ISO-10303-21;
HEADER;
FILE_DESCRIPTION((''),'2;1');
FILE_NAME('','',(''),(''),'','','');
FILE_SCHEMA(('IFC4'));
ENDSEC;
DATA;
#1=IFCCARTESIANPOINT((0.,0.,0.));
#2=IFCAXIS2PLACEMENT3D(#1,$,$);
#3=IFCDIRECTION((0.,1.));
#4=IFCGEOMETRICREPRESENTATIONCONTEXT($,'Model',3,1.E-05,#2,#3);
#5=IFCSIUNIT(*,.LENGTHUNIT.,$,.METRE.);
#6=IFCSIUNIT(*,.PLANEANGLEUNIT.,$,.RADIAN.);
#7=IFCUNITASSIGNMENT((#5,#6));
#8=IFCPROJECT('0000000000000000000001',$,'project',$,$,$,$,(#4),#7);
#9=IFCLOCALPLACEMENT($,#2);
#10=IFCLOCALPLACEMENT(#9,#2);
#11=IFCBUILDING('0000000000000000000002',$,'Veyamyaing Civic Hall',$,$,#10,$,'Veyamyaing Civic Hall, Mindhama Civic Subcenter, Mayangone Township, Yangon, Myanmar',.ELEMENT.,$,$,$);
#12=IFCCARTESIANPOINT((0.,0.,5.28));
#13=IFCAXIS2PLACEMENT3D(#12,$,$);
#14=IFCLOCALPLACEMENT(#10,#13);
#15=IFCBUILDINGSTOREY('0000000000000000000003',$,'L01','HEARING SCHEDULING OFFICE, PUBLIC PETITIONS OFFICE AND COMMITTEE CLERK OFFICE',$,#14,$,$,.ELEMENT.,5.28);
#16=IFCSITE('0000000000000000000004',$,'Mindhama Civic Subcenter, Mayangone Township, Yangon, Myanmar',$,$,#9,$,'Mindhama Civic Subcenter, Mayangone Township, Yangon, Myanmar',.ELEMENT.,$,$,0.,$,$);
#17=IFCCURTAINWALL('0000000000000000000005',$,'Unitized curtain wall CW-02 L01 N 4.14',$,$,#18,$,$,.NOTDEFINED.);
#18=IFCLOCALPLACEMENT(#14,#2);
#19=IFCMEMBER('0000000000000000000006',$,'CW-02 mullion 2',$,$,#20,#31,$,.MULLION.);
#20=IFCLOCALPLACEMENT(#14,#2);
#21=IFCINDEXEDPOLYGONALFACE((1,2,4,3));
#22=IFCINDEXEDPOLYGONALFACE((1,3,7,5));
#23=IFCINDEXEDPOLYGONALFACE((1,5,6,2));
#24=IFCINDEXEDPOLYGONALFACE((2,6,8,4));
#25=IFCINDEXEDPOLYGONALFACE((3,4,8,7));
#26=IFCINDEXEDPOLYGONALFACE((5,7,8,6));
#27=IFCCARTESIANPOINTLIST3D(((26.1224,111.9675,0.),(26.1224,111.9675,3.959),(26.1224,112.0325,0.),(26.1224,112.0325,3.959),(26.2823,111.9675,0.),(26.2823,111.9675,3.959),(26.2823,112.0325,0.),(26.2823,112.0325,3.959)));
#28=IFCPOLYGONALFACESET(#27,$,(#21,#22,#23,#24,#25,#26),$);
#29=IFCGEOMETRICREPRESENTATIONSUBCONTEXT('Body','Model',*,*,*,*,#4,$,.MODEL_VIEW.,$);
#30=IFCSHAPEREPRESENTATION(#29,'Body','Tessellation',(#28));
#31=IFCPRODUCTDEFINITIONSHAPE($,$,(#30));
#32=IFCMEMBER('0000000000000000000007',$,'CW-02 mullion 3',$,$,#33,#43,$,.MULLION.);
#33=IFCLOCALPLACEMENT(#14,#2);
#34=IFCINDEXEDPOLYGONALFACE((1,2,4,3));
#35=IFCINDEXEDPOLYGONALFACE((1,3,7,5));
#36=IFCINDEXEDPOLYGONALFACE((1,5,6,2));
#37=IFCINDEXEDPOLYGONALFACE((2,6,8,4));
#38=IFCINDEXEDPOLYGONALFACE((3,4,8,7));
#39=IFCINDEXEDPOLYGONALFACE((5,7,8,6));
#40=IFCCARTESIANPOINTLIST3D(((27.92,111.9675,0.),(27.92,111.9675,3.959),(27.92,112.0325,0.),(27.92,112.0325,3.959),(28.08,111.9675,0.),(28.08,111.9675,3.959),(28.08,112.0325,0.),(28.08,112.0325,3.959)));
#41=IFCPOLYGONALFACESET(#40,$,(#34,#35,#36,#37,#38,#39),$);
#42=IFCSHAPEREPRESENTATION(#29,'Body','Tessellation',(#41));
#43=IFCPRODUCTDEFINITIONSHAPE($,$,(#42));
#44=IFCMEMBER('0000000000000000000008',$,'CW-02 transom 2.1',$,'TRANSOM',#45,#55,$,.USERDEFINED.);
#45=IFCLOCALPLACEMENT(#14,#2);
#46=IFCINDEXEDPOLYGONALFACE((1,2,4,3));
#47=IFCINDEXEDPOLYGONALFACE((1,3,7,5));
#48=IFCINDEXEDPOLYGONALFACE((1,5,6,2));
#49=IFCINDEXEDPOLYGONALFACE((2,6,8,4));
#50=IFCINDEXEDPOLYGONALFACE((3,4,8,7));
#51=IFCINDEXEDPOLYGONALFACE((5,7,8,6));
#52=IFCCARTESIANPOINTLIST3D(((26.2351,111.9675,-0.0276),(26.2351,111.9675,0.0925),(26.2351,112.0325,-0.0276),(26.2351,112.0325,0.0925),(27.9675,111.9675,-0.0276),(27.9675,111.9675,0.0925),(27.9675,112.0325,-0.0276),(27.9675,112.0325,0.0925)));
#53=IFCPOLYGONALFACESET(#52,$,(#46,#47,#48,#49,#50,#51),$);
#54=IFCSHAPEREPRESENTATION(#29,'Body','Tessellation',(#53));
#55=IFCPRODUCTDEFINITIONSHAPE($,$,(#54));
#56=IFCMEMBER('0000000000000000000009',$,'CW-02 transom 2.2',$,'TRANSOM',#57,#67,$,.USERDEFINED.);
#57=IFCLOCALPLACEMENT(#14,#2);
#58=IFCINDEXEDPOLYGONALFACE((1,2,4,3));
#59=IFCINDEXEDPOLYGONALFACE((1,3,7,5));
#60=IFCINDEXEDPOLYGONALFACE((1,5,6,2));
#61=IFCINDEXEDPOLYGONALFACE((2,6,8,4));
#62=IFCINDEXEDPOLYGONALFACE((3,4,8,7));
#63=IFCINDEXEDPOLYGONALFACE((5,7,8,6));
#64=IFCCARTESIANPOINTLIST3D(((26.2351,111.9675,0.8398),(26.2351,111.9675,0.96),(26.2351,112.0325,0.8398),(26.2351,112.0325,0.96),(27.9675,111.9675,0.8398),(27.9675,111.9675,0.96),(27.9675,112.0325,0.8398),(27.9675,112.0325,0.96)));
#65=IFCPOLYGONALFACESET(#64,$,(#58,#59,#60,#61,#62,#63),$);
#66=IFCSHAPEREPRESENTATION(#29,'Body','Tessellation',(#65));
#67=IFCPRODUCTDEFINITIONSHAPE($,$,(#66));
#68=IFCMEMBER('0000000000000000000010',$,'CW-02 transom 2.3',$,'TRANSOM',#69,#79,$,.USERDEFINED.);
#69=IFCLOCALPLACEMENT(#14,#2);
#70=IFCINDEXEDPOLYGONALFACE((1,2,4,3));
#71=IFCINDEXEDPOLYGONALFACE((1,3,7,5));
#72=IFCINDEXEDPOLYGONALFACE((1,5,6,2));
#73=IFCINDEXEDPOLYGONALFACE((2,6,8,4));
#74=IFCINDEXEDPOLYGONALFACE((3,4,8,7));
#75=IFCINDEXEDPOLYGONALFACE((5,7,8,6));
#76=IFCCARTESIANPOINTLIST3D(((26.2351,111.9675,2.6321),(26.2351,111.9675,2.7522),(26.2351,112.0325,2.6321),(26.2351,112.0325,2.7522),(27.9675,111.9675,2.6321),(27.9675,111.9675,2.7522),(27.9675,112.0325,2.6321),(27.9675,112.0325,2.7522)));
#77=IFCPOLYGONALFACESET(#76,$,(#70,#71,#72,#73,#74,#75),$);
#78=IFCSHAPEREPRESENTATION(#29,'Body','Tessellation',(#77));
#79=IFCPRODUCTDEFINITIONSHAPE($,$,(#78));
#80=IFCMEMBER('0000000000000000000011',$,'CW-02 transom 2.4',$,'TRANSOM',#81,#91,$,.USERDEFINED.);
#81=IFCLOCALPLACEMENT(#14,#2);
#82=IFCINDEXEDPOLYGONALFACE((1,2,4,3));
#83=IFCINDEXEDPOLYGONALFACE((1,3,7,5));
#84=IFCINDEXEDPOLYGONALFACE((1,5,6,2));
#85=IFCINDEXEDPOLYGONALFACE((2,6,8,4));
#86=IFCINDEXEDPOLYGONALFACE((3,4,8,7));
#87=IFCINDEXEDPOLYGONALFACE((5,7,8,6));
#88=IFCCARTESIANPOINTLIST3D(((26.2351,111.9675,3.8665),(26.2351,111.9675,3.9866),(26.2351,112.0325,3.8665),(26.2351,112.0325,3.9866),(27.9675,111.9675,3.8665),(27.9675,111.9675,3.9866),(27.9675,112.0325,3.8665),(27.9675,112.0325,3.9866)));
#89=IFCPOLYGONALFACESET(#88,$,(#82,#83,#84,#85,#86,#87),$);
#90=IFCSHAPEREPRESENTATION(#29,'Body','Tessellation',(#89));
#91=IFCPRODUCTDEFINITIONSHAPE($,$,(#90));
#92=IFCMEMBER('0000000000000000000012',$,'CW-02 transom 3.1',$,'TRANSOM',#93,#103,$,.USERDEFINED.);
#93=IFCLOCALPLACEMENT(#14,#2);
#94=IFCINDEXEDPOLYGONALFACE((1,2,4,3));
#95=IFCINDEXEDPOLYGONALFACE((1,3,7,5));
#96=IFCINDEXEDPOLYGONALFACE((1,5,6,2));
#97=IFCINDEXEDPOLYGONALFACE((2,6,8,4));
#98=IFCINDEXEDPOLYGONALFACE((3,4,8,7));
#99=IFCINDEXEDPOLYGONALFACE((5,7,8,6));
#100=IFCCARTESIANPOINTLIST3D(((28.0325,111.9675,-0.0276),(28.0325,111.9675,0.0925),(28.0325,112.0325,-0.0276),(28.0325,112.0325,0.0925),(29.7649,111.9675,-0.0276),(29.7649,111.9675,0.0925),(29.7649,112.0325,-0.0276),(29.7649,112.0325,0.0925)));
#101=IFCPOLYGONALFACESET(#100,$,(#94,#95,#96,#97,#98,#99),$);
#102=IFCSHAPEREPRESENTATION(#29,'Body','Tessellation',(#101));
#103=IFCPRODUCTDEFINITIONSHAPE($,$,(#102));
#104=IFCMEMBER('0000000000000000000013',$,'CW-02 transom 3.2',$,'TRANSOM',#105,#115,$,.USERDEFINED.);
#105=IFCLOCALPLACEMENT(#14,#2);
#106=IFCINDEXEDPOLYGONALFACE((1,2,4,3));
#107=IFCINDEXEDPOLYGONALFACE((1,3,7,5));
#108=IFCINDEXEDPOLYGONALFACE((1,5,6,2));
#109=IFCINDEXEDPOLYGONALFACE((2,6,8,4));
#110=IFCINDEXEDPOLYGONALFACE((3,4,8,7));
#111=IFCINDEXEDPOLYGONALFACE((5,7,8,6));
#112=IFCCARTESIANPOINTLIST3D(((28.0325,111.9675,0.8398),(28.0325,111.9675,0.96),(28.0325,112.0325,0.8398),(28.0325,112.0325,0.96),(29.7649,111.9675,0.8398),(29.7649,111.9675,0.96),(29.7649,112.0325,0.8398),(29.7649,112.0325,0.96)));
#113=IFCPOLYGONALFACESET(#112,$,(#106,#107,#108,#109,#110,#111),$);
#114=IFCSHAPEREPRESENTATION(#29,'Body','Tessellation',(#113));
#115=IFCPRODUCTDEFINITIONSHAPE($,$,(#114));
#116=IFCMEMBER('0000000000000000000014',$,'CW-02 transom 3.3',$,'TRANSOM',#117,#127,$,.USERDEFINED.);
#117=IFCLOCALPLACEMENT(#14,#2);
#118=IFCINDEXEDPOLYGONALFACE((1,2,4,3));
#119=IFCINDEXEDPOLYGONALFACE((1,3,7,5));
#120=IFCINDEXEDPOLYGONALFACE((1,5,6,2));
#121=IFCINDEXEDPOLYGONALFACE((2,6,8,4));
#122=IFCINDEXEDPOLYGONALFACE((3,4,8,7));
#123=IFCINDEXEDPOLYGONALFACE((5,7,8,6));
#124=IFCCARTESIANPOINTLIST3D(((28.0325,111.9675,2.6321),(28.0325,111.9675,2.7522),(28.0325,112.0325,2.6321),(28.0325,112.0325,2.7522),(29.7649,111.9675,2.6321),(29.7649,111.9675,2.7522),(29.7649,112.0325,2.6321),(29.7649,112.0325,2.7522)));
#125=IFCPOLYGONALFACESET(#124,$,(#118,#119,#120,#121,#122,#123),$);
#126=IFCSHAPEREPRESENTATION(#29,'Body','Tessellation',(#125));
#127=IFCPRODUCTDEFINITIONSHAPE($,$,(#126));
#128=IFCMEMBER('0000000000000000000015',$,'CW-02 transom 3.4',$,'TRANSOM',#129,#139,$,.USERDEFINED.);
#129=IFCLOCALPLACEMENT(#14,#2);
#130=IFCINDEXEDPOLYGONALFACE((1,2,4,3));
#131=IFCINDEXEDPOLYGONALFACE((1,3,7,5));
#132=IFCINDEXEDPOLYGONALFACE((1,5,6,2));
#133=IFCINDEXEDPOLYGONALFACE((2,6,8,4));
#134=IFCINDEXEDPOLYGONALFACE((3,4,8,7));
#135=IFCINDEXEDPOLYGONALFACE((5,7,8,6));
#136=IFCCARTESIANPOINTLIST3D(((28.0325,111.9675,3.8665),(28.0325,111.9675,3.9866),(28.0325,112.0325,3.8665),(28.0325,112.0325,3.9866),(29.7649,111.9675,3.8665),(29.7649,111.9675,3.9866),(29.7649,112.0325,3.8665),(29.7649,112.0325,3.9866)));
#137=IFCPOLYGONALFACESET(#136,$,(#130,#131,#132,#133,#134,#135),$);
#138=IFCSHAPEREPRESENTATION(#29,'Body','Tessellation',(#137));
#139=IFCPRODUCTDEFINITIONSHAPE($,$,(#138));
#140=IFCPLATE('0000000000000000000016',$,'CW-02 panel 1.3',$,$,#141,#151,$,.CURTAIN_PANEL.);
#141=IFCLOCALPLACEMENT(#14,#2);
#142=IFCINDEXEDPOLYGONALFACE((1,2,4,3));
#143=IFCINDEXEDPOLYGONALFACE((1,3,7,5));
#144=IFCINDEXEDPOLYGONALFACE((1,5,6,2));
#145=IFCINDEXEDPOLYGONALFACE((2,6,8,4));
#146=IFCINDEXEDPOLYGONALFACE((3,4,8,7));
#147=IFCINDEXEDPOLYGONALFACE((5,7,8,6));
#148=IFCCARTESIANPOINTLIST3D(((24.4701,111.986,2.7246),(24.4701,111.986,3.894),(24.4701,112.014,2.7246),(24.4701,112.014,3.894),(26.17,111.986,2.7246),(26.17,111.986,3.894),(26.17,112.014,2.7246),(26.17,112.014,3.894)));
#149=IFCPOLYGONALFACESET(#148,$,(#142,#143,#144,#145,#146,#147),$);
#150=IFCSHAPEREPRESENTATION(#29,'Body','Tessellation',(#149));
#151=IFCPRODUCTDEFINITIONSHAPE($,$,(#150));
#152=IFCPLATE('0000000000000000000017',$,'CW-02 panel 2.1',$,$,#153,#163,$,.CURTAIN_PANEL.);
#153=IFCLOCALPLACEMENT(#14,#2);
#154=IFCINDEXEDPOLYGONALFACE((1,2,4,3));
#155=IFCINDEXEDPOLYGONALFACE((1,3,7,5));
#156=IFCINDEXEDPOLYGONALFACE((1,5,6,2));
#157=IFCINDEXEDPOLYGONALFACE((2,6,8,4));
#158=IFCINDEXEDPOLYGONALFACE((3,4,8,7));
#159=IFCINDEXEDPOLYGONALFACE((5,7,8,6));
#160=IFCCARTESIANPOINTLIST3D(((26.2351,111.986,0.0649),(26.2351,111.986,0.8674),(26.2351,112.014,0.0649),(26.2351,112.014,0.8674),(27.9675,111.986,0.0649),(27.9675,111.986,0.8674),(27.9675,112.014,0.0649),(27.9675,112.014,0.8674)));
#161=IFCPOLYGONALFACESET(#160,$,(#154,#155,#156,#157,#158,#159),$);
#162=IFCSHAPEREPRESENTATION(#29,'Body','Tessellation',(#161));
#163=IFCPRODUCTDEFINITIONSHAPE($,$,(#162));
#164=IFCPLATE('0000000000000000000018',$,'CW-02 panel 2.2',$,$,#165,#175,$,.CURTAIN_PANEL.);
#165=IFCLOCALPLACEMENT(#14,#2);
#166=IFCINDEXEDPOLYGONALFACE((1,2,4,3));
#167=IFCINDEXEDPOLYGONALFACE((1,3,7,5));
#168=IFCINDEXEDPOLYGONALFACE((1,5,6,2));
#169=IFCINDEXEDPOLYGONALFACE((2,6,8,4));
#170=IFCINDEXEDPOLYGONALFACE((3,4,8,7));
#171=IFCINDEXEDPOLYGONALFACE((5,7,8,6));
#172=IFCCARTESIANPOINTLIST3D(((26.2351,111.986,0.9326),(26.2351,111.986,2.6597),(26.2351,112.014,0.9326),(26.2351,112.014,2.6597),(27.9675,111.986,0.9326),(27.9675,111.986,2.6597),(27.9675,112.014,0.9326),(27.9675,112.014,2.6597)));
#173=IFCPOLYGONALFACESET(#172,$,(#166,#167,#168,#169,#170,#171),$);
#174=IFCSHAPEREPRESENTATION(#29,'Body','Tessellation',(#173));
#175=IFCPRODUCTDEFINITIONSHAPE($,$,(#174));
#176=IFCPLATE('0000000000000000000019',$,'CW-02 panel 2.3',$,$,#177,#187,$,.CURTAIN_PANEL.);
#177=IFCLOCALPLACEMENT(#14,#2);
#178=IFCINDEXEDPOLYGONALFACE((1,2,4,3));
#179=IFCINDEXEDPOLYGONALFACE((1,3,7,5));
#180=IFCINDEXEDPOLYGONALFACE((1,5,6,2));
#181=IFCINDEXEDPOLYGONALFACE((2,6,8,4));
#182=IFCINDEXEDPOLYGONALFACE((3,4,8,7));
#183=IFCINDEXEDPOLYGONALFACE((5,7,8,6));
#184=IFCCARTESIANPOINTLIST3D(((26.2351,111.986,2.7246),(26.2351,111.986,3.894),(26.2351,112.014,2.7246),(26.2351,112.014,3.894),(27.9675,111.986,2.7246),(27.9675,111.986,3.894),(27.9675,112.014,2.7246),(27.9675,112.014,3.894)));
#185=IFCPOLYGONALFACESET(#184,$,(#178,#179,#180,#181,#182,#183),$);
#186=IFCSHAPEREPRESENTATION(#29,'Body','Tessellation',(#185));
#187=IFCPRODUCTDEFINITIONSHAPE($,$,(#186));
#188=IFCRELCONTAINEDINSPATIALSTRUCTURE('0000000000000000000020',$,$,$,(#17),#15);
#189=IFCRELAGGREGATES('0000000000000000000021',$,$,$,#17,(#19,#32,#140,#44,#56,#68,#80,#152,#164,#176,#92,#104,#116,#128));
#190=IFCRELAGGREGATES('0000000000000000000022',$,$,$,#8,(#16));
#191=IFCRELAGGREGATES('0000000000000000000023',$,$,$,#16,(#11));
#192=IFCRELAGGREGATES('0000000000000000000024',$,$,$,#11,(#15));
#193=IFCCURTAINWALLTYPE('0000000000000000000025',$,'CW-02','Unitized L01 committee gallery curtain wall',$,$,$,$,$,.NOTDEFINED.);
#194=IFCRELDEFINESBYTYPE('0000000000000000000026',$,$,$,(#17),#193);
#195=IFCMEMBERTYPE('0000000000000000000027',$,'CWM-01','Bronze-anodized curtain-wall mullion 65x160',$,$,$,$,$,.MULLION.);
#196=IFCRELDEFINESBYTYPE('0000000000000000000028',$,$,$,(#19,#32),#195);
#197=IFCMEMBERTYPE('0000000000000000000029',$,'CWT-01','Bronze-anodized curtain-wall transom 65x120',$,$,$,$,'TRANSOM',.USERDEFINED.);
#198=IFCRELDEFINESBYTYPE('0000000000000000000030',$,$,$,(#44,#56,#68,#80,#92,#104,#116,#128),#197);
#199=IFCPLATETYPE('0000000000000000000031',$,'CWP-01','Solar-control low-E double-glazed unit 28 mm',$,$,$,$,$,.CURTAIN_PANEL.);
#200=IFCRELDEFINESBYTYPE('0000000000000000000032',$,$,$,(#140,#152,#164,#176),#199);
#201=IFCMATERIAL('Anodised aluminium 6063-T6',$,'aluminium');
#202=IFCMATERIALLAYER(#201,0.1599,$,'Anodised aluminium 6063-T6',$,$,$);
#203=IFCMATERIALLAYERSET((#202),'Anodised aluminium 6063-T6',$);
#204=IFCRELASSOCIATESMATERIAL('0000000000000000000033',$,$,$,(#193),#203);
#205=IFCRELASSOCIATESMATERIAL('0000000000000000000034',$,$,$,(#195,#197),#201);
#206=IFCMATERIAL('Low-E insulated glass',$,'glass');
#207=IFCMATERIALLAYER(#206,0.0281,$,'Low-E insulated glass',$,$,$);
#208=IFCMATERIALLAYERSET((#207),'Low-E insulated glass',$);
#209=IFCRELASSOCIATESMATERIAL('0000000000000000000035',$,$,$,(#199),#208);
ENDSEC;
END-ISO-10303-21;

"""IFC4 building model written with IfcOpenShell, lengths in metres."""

from ifc_helpers import new_model, si_unit, direction, frame, origin, origin_2d, place, context, subcontext, project, spatial, rectangle, extrude, material, layer, layer_set, material_profile, profile_set, type_object, element, aggregate, save


model = new_model("IFC4")

# Units and contexts
model_context = context("Model", 3, precision=1e-05, world=origin(), true_north=direction((0.0, 1.0)))
body_context = subcontext(model_context, "Body", "Model", "MODEL_VIEW")
ifc_project = project(units=[si_unit("LENGTHUNIT", "METRE"), si_unit("PLANEANGLEUNIT", "RADIAN")], contexts=[model_context])

# Site, building, storey
site_placement = place(None, origin())
site = spatial("IfcSite", under=ifc_project, at=site_placement, Name="Mindhama Civic Subcenter, Mayangone Township, Yangon, Myanmar", LongName="Mindhama Civic Subcenter, Mayangone Township, Yangon, Myanmar", CompositionType="ELEMENT", RefElevation=0.0)
building_placement = place(site_placement, origin())
building = spatial("IfcBuilding", under=site, at=building_placement, Name="Veyamyaing Civic Hall", LongName="Veyamyaing Civic Hall, Mindhama Civic Subcenter, Mayangone Township, Yangon, Myanmar", CompositionType="ELEMENT")
storey_placement = place(building_placement, frame((0.0, 0.0, 5.28)))
storey = spatial("IfcBuildingStorey", under=building, at=storey_placement, Name="L01", Description="HEARING SCHEDULING OFFICE, PUBLIC PETITIONS OFFICE AND COMMITTEE CLERK OFFICE", CompositionType="ELEMENT", Elevation=5.28)

# Curtain wall, members, plates
ifc_material_1 = material(Name="Anodised aluminium 6063-T6", Category="aluminium")
ifc_layer_1 = layer(ifc_material_1, 0.1599, Name="Anodised aluminium 6063-T6")
ifc_layer_set_1 = layer_set([ifc_layer_1], Name="Anodised aluminium 6063-T6")
curtain_wall_type = type_object("IfcCurtainWallType", Name="CW-02", Description="Unitized L01 committee gallery curtain wall", PredefinedType="NOTDEFINED", material=ifc_layer_set_1)
curtain_wall_placement = place(storey_placement, origin())
curtain_wall = element("IfcCurtainWall", 1, at=curtain_wall_placement, inside=storey, type_object=curtain_wall_type, Name="Unitized curtain wall CW-02 L01 N 4.14", PredefinedType="NOTDEFINED")
ifc_material_profile_1 = material_profile(ifc_material_1, rectangle(XDim=0.0649, YDim=0.1599, at=origin_2d()), Name="ALU-MUL-65X160")
ifc_profile_set_1 = profile_set([ifc_material_profile_1], Name="Anodised aluminium 6063-T6")
member_type_1 = type_object("IfcMemberType", Name="CWM-01", Description="Bronze-anodized curtain-wall mullion 65x160", PredefinedType="MULLION", material=ifc_profile_set_1)
member_1_placement = place(storey_placement, frame((26.2024, 112.0, 0.0), z_axis=(0.0, 0.0, 1.0), x_axis=(0.0, 1.0, 0.0)))
member_1 = element("IfcMember", 2, at=member_1_placement, type_object=member_type_1, Name="CW-02 mullion 2", PredefinedType="MULLION", context=body_context, shape_type="SweptSolid", body=[
    extrude(rectangle(XDim=0.0649, YDim=0.1599, at=origin_2d()), origin(), (0.0, 0.0, 1.0), 3.959),
])
member_2_placement = place(storey_placement, frame((28.0, 112.0, 0.0), z_axis=(0.0, 0.0, 1.0), x_axis=(0.0, 1.0, 0.0)))
member_2 = element("IfcMember", 3, at=member_2_placement, type_object=member_type_1, Name="CW-02 mullion 3", PredefinedType="MULLION", context=body_context, shape_type="SweptSolid", body=[
    extrude(rectangle(XDim=0.0649, YDim=0.1599, at=origin_2d()), origin(), (0.0, 0.0, 1.0), 3.959),
])
ifc_material_profile_2 = material_profile(ifc_material_1, rectangle(XDim=0.0649, YDim=0.1201, at=origin_2d()), Name="ALU-TRN-65X120")
ifc_profile_set_2 = profile_set([ifc_material_profile_2], Name="Anodised aluminium 6063-T6")
member_type_2 = type_object("IfcMemberType", Name="CWT-01", Description="Bronze-anodized curtain-wall transom 65x120", ElementType="TRANSOM", PredefinedType="USERDEFINED", material=ifc_profile_set_2)
member_3_placement = place(storey_placement, frame((26.2351, 112.0, 0.0325), z_axis=(1.0, 0.0, 0.0), x_axis=(0.0, 1.0, 0.0)))
member_3 = element("IfcMember", 4, at=member_3_placement, type_object=member_type_2, Name="CW-02 transom 2.1", ObjectType="TRANSOM", PredefinedType="USERDEFINED", context=body_context, shape_type="SweptSolid", body=[
    extrude(rectangle(XDim=0.0649, YDim=0.1201, at=origin_2d()), origin(), (0.0, 0.0, 1.0), 1.7324),
])
member_4_placement = place(storey_placement, frame((26.2351, 112.0, 0.8999), z_axis=(1.0, 0.0, 0.0), x_axis=(0.0, 1.0, 0.0)))
member_4 = element("IfcMember", 5, at=member_4_placement, type_object=member_type_2, Name="CW-02 transom 2.2", ObjectType="TRANSOM", PredefinedType="USERDEFINED", context=body_context, shape_type="SweptSolid", body=[
    extrude(rectangle(XDim=0.0649, YDim=0.1201, at=origin_2d()), origin(), (0.0, 0.0, 1.0), 1.7324),
])
member_5_placement = place(storey_placement, frame((26.2351, 112.0, 2.6921), z_axis=(1.0, 0.0, 0.0), x_axis=(0.0, 1.0, 0.0)))
member_5 = element("IfcMember", 6, at=member_5_placement, type_object=member_type_2, Name="CW-02 transom 2.3", ObjectType="TRANSOM", PredefinedType="USERDEFINED", context=body_context, shape_type="SweptSolid", body=[
    extrude(rectangle(XDim=0.0649, YDim=0.1201, at=origin_2d()), origin(), (0.0, 0.0, 1.0), 1.7324),
])
member_6_placement = place(storey_placement, frame((26.2351, 112.0, 3.9265), z_axis=(1.0, 0.0, 0.0), x_axis=(0.0, 1.0, 0.0)))
member_6 = element("IfcMember", 7, at=member_6_placement, type_object=member_type_2, Name="CW-02 transom 2.4", ObjectType="TRANSOM", PredefinedType="USERDEFINED", context=body_context, shape_type="SweptSolid", body=[
    extrude(rectangle(XDim=0.0649, YDim=0.1201, at=origin_2d()), origin(), (0.0, 0.0, 1.0), 1.7324),
])
member_7_placement = place(storey_placement, frame((28.0325, 112.0, 0.0325), z_axis=(1.0, 0.0, 0.0), x_axis=(0.0, 1.0, 0.0)))
member_7 = element("IfcMember", 8, at=member_7_placement, type_object=member_type_2, Name="CW-02 transom 3.1", ObjectType="TRANSOM", PredefinedType="USERDEFINED", context=body_context, shape_type="SweptSolid", body=[
    extrude(rectangle(XDim=0.0649, YDim=0.1201, at=origin_2d()), origin(), (0.0, 0.0, 1.0), 1.7324),
])
member_8_placement = place(storey_placement, frame((28.0325, 112.0, 0.8999), z_axis=(1.0, 0.0, 0.0), x_axis=(0.0, 1.0, 0.0)))
member_8 = element("IfcMember", 9, at=member_8_placement, type_object=member_type_2, Name="CW-02 transom 3.2", ObjectType="TRANSOM", PredefinedType="USERDEFINED", context=body_context, shape_type="SweptSolid", body=[
    extrude(rectangle(XDim=0.0649, YDim=0.1201, at=origin_2d()), origin(), (0.0, 0.0, 1.0), 1.7324),
])
member_9_placement = place(storey_placement, frame((28.0325, 112.0, 2.6921), z_axis=(1.0, 0.0, 0.0), x_axis=(0.0, 1.0, 0.0)))
member_9 = element("IfcMember", 10, at=member_9_placement, type_object=member_type_2, Name="CW-02 transom 3.3", ObjectType="TRANSOM", PredefinedType="USERDEFINED", context=body_context, shape_type="SweptSolid", body=[
    extrude(rectangle(XDim=0.0649, YDim=0.1201, at=origin_2d()), origin(), (0.0, 0.0, 1.0), 1.7324),
])
member_10_placement = place(storey_placement, frame((28.0325, 112.0, 3.9265), z_axis=(1.0, 0.0, 0.0), x_axis=(0.0, 1.0, 0.0)))
member_10 = element("IfcMember", 11, at=member_10_placement, type_object=member_type_2, Name="CW-02 transom 3.4", ObjectType="TRANSOM", PredefinedType="USERDEFINED", context=body_context, shape_type="SweptSolid", body=[
    extrude(rectangle(XDim=0.0649, YDim=0.1201, at=origin_2d()), origin(), (0.0, 0.0, 1.0), 1.7324),
])
ifc_material_2 = material(Name="Low-E insulated glass", Category="glass")
ifc_layer_2 = layer(ifc_material_2, 0.0281, Name="Low-E insulated glass")
ifc_layer_set_2 = layer_set([ifc_layer_2], Name="Low-E insulated glass")
plate_type = type_object("IfcPlateType", Name="CWP-01", Description="Solar-control low-E double-glazed unit 28 mm", PredefinedType="CURTAIN_PANEL", material=ifc_layer_set_2)
plate_1_placement = place(storey_placement, frame((25.3201, 112.0, 2.7246), z_axis=(0.0, 0.0, 1.0), x_axis=(1.0, 0.0, 0.0)))
plate_1 = element("IfcPlate", 12, at=plate_1_placement, type_object=plate_type, Name="CW-02 panel 1.3", PredefinedType="CURTAIN_PANEL", context=body_context, shape_type="SweptSolid", body=[
    extrude(rectangle(XDim=1.7, YDim=0.0281, at=origin_2d()), origin(), (0.0, 0.0, 1.0), 1.1694),
])
plate_2_placement = place(storey_placement, frame((27.1013, 112.0, 0.0649), z_axis=(0.0, 0.0, 1.0), x_axis=(1.0, 0.0, 0.0)))
plate_2 = element("IfcPlate", 13, at=plate_2_placement, type_object=plate_type, Name="CW-02 panel 2.1", PredefinedType="CURTAIN_PANEL", context=body_context, shape_type="SweptSolid", body=[
    extrude(rectangle(XDim=1.7324, YDim=0.0281, at=origin_2d()), origin(), (0.0, 0.0, 1.0), 0.8025),
])
plate_3_placement = place(storey_placement, frame((27.1013, 112.0, 0.9326), z_axis=(0.0, 0.0, 1.0), x_axis=(1.0, 0.0, 0.0)))
plate_3 = element("IfcPlate", 14, at=plate_3_placement, type_object=plate_type, Name="CW-02 panel 2.2", PredefinedType="CURTAIN_PANEL", context=body_context, shape_type="SweptSolid", body=[
    extrude(rectangle(XDim=1.7324, YDim=0.0281, at=origin_2d()), origin(), (0.0, 0.0, 1.0), 1.7271),
])
plate_4_placement = place(storey_placement, frame((27.1013, 112.0, 2.7246), z_axis=(0.0, 0.0, 1.0), x_axis=(1.0, 0.0, 0.0)))
plate_4 = element("IfcPlate", 15, at=plate_4_placement, type_object=plate_type, Name="CW-02 panel 2.3", PredefinedType="CURTAIN_PANEL", context=body_context, shape_type="SweptSolid", body=[
    extrude(rectangle(XDim=1.7324, YDim=0.0281, at=origin_2d()), origin(), (0.0, 0.0, 1.0), 1.1694),
])
aggregate(curtain_wall, [member_1, member_2, plate_1, member_3, member_4, member_5, member_6, plate_2, plate_3, plate_4, member_7, member_8, member_9, member_10])

save(model, "model.ifc")
